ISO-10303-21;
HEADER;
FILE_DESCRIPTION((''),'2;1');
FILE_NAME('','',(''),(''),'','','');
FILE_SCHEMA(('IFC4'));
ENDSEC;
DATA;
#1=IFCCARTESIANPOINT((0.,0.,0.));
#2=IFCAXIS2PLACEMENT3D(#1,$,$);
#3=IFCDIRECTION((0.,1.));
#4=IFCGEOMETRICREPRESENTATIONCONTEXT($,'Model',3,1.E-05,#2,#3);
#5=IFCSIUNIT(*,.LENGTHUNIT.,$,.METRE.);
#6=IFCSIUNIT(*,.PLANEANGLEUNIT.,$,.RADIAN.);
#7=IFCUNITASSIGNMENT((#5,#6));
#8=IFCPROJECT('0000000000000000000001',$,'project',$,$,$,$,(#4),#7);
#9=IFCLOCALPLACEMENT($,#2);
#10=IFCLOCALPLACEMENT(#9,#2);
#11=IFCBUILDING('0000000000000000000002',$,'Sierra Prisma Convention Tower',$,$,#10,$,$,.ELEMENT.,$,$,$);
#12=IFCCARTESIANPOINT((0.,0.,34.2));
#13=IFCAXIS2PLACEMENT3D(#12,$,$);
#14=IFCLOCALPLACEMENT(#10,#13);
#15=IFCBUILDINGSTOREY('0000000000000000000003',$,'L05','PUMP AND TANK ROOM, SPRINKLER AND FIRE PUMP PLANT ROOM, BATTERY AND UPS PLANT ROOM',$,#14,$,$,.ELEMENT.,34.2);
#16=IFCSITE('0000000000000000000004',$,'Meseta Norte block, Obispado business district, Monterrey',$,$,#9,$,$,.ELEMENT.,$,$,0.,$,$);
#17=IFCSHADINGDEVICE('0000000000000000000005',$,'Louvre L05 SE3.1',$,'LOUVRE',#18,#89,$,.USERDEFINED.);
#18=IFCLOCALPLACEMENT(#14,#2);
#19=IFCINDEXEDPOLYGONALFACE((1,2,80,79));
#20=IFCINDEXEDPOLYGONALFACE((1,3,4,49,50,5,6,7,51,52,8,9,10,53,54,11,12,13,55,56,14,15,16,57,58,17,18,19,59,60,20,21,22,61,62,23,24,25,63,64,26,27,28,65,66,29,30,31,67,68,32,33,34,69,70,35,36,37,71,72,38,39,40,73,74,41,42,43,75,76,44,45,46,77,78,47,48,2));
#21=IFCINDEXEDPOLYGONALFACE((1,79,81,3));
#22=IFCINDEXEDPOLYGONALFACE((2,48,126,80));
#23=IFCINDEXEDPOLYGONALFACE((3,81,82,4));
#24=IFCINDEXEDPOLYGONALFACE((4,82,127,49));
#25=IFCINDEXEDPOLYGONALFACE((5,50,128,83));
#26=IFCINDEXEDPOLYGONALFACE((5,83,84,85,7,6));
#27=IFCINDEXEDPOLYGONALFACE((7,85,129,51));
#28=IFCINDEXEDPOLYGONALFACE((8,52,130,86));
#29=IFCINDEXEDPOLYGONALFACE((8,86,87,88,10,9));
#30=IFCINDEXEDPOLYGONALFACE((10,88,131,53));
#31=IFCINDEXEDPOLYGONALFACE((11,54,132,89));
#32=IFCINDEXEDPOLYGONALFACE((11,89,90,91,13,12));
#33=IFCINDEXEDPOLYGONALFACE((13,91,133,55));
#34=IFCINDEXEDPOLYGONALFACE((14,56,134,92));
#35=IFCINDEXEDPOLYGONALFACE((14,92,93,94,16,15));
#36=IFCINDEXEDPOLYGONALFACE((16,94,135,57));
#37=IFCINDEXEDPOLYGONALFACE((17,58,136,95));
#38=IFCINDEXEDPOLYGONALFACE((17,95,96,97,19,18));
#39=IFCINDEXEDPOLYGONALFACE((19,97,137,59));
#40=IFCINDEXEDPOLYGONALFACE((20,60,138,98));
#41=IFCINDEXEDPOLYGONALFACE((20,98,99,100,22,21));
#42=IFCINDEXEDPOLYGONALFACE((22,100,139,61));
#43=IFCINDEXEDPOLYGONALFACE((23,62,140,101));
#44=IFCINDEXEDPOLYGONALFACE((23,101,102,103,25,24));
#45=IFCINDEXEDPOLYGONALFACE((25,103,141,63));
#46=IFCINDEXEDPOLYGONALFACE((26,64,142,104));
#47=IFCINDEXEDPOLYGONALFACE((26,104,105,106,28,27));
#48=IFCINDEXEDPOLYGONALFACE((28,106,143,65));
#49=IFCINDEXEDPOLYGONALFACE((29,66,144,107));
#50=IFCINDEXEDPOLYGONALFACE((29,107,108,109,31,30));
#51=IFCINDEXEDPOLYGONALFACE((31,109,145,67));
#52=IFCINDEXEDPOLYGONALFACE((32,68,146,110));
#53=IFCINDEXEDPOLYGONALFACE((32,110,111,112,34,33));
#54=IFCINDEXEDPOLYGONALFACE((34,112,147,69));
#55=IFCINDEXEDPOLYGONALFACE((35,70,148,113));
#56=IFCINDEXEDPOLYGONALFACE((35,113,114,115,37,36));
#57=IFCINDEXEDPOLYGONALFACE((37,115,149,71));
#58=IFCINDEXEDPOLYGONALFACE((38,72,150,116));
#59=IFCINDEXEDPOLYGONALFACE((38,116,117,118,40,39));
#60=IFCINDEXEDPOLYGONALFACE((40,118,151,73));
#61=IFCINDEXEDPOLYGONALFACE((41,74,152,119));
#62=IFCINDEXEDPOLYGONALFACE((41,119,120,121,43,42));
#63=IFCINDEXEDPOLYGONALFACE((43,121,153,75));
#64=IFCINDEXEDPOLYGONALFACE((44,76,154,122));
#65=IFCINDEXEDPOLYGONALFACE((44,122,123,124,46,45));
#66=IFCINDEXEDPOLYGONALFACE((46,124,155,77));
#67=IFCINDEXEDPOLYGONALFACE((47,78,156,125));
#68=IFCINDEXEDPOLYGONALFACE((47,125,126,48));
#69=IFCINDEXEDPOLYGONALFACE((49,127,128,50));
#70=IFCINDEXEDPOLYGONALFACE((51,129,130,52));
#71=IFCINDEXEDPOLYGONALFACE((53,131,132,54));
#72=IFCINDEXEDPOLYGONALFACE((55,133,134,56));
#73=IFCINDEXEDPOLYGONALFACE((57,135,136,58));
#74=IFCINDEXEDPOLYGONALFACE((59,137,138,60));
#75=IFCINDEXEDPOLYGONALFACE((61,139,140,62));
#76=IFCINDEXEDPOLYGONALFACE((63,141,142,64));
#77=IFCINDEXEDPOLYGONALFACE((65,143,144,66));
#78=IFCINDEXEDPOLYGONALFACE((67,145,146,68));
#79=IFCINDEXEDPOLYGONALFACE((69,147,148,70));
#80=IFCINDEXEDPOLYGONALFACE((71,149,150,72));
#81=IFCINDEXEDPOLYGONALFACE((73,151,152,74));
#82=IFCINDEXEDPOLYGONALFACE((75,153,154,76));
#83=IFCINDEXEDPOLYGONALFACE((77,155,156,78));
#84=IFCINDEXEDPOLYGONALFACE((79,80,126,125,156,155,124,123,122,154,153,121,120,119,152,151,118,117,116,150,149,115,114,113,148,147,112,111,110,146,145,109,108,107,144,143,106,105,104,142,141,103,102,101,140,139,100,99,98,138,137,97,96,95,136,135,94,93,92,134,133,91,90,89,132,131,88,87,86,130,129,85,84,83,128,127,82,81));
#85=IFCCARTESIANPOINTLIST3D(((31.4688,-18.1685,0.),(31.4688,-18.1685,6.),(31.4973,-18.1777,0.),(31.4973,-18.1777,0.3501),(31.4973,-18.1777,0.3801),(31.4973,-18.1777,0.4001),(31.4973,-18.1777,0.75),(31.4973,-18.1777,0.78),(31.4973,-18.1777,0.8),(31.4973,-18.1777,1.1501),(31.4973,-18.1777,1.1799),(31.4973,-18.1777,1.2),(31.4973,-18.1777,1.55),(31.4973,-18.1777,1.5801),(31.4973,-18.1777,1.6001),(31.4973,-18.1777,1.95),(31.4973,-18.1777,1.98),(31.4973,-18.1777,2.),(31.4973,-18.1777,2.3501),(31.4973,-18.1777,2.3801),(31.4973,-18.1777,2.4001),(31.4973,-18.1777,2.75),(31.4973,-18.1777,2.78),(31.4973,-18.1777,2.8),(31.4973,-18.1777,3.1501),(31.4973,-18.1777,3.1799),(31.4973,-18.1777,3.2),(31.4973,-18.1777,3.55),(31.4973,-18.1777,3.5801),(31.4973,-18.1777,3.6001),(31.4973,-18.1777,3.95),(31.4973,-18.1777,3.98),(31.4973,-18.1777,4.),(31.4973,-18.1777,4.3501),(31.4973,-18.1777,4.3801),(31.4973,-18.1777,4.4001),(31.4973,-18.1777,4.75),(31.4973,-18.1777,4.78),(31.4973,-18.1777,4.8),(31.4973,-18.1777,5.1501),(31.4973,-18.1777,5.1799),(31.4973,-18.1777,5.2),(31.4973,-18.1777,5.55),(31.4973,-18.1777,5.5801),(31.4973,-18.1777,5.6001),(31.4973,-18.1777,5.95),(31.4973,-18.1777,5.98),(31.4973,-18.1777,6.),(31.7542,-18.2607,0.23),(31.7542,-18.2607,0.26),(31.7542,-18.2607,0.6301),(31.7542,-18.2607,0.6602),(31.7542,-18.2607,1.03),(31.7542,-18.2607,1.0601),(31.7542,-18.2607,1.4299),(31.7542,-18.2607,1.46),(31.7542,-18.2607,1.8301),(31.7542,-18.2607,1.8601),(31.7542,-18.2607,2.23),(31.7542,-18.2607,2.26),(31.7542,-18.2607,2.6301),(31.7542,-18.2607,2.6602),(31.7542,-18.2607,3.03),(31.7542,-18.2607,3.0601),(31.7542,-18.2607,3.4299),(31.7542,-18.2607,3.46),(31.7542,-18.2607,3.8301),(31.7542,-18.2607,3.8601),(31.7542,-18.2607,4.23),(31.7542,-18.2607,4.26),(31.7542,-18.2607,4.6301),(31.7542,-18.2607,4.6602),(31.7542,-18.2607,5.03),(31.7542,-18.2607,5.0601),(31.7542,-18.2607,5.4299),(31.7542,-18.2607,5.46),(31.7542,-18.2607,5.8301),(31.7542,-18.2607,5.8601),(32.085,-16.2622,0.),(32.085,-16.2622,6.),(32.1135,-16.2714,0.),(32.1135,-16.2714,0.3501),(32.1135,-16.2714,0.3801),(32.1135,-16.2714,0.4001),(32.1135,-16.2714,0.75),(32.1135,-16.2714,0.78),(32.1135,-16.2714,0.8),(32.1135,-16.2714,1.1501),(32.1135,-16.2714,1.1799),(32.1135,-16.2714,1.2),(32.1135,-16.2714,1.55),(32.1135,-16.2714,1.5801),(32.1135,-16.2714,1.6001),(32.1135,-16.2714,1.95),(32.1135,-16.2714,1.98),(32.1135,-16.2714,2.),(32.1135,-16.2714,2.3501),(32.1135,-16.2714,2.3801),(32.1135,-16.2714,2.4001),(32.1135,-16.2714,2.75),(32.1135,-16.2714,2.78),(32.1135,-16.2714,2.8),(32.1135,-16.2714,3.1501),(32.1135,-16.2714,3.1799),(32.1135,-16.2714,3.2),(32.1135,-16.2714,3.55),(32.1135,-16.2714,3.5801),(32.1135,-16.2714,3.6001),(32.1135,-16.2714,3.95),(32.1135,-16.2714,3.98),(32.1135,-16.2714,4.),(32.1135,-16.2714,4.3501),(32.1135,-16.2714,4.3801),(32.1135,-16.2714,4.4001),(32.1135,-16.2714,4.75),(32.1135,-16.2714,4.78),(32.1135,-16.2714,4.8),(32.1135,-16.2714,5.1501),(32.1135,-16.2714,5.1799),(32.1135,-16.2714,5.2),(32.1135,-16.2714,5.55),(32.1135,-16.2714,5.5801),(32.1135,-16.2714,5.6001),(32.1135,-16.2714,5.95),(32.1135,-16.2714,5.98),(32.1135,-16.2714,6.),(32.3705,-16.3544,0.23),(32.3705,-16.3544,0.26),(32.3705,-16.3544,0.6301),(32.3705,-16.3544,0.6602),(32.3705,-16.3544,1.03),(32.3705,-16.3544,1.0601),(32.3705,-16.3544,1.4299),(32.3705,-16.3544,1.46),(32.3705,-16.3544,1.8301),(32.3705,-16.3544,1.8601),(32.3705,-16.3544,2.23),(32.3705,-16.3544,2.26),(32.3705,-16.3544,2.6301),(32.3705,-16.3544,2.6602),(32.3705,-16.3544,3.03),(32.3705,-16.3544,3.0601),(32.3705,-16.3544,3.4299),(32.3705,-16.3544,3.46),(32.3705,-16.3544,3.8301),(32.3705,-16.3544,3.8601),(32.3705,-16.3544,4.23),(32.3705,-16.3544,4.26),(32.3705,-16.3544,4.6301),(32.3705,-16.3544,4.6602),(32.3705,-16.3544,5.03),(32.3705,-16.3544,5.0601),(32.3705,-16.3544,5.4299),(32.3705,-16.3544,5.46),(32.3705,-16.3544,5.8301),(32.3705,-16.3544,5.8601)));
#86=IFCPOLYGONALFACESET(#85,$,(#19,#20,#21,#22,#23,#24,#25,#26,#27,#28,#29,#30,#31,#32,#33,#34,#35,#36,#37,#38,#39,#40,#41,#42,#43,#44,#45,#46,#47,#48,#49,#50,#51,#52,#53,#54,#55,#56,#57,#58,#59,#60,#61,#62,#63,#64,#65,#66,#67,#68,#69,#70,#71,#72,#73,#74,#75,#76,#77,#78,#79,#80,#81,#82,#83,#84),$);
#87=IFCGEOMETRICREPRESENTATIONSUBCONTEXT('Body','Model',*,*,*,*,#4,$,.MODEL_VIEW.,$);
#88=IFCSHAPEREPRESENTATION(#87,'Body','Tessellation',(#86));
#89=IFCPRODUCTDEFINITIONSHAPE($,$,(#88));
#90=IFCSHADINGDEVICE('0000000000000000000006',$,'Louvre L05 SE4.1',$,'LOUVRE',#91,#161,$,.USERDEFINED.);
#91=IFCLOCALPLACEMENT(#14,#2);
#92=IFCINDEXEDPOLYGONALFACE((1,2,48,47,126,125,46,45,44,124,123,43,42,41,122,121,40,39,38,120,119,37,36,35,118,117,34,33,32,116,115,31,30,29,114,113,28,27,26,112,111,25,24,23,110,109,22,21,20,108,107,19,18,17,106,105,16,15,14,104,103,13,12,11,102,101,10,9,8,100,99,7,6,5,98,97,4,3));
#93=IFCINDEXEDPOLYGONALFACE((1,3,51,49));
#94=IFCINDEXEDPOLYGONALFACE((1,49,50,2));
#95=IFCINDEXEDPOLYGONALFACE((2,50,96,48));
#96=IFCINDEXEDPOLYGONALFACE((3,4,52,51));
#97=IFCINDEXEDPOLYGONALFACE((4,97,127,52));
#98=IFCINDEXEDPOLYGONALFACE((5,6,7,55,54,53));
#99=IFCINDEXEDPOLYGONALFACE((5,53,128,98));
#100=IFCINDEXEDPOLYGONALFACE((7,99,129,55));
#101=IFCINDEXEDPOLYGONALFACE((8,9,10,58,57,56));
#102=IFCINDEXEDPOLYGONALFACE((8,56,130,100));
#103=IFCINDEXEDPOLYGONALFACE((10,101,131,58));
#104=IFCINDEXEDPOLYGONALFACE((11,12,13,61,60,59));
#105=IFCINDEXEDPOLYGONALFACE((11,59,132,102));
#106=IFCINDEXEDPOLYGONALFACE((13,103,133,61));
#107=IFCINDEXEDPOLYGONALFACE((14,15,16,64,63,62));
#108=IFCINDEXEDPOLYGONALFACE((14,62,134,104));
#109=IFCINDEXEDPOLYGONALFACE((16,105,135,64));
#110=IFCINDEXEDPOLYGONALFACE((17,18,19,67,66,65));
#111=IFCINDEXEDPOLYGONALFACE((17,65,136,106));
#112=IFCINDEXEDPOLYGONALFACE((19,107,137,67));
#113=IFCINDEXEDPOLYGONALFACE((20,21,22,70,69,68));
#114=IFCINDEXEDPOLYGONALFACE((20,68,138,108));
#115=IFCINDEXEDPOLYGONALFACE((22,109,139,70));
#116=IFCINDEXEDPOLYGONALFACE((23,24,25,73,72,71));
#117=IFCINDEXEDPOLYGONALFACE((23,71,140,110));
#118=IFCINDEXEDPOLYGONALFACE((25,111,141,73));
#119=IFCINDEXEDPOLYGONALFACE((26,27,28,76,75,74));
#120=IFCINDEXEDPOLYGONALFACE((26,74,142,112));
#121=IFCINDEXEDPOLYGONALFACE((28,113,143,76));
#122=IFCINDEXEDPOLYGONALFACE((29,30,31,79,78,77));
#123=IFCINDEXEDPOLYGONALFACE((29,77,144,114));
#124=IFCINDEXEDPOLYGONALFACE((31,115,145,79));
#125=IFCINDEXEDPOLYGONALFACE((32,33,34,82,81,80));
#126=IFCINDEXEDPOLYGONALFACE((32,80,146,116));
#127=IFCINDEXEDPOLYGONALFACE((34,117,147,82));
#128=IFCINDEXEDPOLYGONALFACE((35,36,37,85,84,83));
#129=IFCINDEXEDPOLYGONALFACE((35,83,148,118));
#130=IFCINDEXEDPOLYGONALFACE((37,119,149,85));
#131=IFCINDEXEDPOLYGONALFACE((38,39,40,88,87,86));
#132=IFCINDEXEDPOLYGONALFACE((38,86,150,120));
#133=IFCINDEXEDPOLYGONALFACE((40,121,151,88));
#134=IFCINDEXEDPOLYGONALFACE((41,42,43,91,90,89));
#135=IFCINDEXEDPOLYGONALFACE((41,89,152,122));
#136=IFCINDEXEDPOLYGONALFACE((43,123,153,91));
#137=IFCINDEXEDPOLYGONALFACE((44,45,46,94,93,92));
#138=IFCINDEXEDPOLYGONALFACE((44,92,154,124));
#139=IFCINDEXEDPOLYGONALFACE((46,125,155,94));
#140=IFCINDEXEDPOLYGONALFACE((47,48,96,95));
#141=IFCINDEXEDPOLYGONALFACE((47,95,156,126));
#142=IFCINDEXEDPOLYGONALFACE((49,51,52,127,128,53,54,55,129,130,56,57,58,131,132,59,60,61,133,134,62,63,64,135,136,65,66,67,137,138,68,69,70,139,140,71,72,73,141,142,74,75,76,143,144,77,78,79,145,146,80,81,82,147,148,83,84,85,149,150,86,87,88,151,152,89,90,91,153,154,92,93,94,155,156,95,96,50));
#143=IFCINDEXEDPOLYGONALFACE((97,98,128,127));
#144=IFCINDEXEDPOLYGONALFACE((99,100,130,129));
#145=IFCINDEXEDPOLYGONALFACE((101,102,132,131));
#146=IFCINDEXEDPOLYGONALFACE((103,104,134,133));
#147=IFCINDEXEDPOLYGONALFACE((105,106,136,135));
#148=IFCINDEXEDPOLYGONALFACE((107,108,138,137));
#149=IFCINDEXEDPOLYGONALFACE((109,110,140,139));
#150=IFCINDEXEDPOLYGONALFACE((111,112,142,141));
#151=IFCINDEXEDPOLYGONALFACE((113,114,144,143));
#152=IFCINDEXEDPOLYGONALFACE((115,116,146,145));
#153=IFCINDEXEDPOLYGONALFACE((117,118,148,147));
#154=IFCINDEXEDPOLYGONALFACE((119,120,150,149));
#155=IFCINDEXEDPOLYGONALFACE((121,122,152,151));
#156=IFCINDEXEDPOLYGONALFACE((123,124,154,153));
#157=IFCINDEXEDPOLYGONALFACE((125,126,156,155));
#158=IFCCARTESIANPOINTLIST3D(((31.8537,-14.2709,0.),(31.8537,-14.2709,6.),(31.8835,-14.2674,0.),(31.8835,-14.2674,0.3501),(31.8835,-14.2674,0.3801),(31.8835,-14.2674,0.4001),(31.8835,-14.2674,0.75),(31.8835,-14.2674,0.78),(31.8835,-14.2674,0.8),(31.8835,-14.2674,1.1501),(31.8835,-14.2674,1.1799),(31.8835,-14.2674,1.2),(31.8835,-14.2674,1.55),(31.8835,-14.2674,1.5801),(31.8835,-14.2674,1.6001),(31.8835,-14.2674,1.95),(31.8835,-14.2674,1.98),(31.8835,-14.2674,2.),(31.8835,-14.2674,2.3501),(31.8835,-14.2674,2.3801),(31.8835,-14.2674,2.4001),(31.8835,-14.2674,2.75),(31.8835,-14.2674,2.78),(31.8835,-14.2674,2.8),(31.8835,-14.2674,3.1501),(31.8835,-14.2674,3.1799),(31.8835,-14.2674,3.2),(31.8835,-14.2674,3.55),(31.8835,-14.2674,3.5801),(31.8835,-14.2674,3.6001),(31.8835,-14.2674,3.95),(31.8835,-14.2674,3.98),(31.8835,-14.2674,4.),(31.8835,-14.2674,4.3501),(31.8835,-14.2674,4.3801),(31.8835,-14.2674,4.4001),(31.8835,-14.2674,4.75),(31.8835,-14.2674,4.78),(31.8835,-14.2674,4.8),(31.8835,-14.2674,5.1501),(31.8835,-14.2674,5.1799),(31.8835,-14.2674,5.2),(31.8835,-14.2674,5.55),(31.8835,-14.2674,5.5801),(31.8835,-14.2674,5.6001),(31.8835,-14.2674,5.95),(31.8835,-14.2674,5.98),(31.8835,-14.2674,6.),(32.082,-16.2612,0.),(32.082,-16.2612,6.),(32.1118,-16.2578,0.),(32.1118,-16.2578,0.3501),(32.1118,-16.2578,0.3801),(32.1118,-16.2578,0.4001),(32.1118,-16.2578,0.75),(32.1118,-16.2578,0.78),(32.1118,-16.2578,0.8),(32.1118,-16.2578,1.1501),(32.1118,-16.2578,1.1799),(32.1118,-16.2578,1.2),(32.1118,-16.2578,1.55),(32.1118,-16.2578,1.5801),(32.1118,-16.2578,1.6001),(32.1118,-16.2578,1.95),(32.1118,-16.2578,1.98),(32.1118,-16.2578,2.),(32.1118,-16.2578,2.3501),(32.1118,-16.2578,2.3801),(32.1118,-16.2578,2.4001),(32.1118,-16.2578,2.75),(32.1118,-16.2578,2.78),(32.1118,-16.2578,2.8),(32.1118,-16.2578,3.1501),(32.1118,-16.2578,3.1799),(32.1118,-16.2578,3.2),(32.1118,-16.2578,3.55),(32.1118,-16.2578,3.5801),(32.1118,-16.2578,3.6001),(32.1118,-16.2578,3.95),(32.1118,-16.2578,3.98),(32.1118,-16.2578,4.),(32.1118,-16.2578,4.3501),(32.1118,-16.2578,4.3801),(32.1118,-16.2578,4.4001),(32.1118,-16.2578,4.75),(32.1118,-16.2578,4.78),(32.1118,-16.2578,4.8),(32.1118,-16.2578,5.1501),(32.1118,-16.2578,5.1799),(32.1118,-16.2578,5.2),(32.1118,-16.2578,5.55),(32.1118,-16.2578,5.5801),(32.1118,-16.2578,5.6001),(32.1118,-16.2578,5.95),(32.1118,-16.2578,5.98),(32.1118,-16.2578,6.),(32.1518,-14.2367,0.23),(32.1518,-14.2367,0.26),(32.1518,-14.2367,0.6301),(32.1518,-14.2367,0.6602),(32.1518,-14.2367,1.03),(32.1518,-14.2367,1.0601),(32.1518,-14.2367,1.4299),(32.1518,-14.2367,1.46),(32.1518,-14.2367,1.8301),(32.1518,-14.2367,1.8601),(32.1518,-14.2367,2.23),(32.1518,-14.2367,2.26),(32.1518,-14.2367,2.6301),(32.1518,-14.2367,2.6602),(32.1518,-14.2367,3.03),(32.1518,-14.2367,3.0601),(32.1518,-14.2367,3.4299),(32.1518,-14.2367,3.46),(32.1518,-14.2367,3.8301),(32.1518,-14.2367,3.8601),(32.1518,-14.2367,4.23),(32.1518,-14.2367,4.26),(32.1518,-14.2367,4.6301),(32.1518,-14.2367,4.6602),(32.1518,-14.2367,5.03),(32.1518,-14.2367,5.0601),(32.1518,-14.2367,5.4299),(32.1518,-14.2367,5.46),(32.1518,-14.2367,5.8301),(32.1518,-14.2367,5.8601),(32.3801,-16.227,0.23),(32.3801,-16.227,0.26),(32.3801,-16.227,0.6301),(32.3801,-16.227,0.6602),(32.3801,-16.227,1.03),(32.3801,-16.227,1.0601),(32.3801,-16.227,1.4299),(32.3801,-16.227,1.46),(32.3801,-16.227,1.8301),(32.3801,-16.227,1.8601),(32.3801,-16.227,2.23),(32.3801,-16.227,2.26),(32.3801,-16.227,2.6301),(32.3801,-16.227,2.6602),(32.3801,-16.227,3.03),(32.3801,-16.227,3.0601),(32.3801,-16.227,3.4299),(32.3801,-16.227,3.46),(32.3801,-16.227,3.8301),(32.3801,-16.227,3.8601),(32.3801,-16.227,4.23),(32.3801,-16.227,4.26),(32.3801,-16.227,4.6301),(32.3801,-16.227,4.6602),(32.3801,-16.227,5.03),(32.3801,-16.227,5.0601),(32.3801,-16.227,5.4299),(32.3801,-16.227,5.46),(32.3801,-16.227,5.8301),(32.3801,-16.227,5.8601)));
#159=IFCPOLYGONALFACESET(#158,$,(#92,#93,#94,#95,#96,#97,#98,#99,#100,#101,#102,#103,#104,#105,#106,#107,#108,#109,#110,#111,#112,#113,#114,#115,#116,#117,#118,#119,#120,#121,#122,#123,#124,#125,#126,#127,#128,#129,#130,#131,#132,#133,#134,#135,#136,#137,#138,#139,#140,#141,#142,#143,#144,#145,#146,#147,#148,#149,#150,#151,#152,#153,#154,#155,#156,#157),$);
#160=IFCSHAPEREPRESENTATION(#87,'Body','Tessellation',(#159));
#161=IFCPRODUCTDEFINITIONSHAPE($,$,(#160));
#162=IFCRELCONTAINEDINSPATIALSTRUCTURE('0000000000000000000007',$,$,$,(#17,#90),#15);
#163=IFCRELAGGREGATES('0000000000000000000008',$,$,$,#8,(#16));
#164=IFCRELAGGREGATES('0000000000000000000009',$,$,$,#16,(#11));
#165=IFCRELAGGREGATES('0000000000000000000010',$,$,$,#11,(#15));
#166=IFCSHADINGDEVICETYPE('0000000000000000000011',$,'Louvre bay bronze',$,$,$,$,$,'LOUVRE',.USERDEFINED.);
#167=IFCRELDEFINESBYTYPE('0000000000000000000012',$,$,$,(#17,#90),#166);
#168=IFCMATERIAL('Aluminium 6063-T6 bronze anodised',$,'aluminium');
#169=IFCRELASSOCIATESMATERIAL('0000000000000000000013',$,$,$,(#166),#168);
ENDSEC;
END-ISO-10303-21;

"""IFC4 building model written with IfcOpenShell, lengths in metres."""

from ifc_helpers import new_model, si_unit, direction, frame, origin, place, context, subcontext, project, spatial, polyline, outline, extrude, material, type_object, element, save


model = new_model("IFC4")

# Units and contexts
model_context = context("Model", 3, precision=1e-05, world=origin(), true_north=direction((0.0, 1.0)))
body_context = subcontext(model_context, "Body", "Model", "MODEL_VIEW")
ifc_project = project(units=[si_unit("LENGTHUNIT", "METRE"), si_unit("PLANEANGLEUNIT", "RADIAN")], contexts=[model_context])

# Site, building, storey
site_placement = place(None, origin())
site = spatial("IfcSite", under=ifc_project, at=site_placement, Name="Meseta Norte block, Obispado business district, Monterrey", CompositionType="ELEMENT", RefElevation=0.0)
building_placement = place(site_placement, origin())
building = spatial("IfcBuilding", under=site, at=building_placement, Name="Sierra Prisma Convention Tower", CompositionType="ELEMENT")
storey_placement = place(building_placement, frame((0.0, 0.0, 34.2)))
storey = spatial("IfcBuildingStorey", under=building, at=storey_placement, Name="L05", Description="PUMP AND TANK ROOM, SPRINKLER AND FIRE PUMP PLANT ROOM, BATTERY AND UPS PLANT ROOM", CompositionType="ELEMENT", Elevation=34.2)

# Shading devices
ifc_material_1 = material(Name="Aluminium 6063-T6 bronze anodised", Category="aluminium")
shading_device_type = type_object("IfcShadingDeviceType", Name="Louvre bay bronze", ElementType="LOUVRE", PredefinedType="USERDEFINED", material=ifc_material_1)
shading_device_1_placement = place(storey_placement, frame((31.4688, -18.1685, 0.0), z_axis=(-0.307584, -0.951521, 0.0), x_axis=(0.0, 0.0, 1.0)))
element("IfcShadingDevice", 1, at=shading_device_1_placement, inside=storey, type_object=shading_device_type, Name="Louvre L05 SE3.1", ObjectType="LOUVRE", PredefinedType="USERDEFINED", context=body_context, shape_type="SweptSolid", body=[
    extrude(outline(polyline([(0.0, 0.0), (6.0, 0.0), (6.0, -0.03), (5.98, -0.03), (5.8601, -0.3), (5.8301, -0.3), (5.95, -0.03), (5.6001, -0.03), (5.5801, -0.03), (5.46, -0.3), (5.4299, -0.3), (5.55, -0.03), (5.2, -0.03), (5.1799, -0.03), (5.0601, -0.3), (5.03, -0.3), (5.1501, -0.03), (4.8, -0.03), (4.78, -0.03), (4.6602, -0.3), (4.6301, -0.3), (4.75, -0.03), (4.4001, -0.03), (4.3801, -0.03), (4.26, -0.3), (4.23, -0.3), (4.3501, -0.03), (4.0, -0.03), (3.98, -0.03), (3.8601, -0.3), (3.8301, -0.3), (3.95, -0.03), (3.6001, -0.03), (3.5801, -0.03), (3.46, -0.3), (3.4299, -0.3), (3.55, -0.03), (3.2, -0.03), (3.1799, -0.03), (3.0601, -0.3), (3.03, -0.3), (3.1501, -0.03), (2.8, -0.03), (2.78, -0.03), (2.6602, -0.3), (2.6301, -0.3), (2.75, -0.03), (2.4001, -0.03), (2.3801, -0.03), (2.26, -0.3), (2.23, -0.3), (2.3501, -0.03), (2.0, -0.03), (1.98, -0.03), (1.8601, -0.3), (1.8301, -0.3), (1.95, -0.03), (1.6001, -0.03), (1.5801, -0.03), (1.46, -0.3), (1.4299, -0.3), (1.55, -0.03), (1.2, -0.03), (1.1799, -0.03), (1.0601, -0.3), (1.03, -0.3), (1.1501, -0.03), (0.8, -0.03), (0.78, -0.03), (0.6602, -0.3), (0.6301, -0.3), (0.75, -0.03), (0.4001, -0.03), (0.3801, -0.03), (0.26, -0.3), (0.23, -0.3), (0.3501, -0.03), (0.0, -0.03), (0.0, 0.0)])), origin(), (0.0, 0.0, -1.0), 2.0034),
])
shading_device_2_placement = place(storey_placement, frame((32.082, -16.2612, 0.0), z_axis=(0.113965, -0.993485, 0.0), x_axis=(0.0, 0.0, 1.0)))
element("IfcShadingDevice", 2, at=shading_device_2_placement, inside=storey, type_object=shading_device_type, Name="Louvre L05 SE4.1", ObjectType="LOUVRE", PredefinedType="USERDEFINED", context=body_context, shape_type="SweptSolid", body=[
    extrude(outline(polyline([(0.0, 0.0), (6.0, 0.0), (6.0, -0.03), (5.98, -0.03), (5.8601, -0.3), (5.8301, -0.3), (5.95, -0.03), (5.6001, -0.03), (5.5801, -0.03), (5.46, -0.3), (5.4299, -0.3), (5.55, -0.03), (5.2, -0.03), (5.1799, -0.03), (5.0601, -0.3), (5.03, -0.3), (5.1501, -0.03), (4.8, -0.03), (4.78, -0.03), (4.6602, -0.3), (4.6301, -0.3), (4.75, -0.03), (4.4001, -0.03), (4.3801, -0.03), (4.26, -0.3), (4.23, -0.3), (4.3501, -0.03), (4.0, -0.03), (3.98, -0.03), (3.8601, -0.3), (3.8301, -0.3), (3.95, -0.03), (3.6001, -0.03), (3.5801, -0.03), (3.46, -0.3), (3.4299, -0.3), (3.55, -0.03), (3.2, -0.03), (3.1799, -0.03), (3.0601, -0.3), (3.03, -0.3), (3.1501, -0.03), (2.8, -0.03), (2.78, -0.03), (2.6602, -0.3), (2.6301, -0.3), (2.75, -0.03), (2.4001, -0.03), (2.3801, -0.03), (2.26, -0.3), (2.23, -0.3), (2.3501, -0.03), (2.0, -0.03), (1.98, -0.03), (1.8601, -0.3), (1.8301, -0.3), (1.95, -0.03), (1.6001, -0.03), (1.5801, -0.03), (1.46, -0.3), (1.4299, -0.3), (1.55, -0.03), (1.2, -0.03), (1.1799, -0.03), (1.0601, -0.3), (1.03, -0.3), (1.1501, -0.03), (0.8, -0.03), (0.78, -0.03), (0.6602, -0.3), (0.6301, -0.3), (0.75, -0.03), (0.4001, -0.03), (0.3801, -0.03), (0.26, -0.3), (0.23, -0.3), (0.3501, -0.03), (0.0, -0.03), (0.0, 0.0)])), origin(), (0.0, 0.0, -1.0), 2.0034),
])

save(model, "model.ifc")
